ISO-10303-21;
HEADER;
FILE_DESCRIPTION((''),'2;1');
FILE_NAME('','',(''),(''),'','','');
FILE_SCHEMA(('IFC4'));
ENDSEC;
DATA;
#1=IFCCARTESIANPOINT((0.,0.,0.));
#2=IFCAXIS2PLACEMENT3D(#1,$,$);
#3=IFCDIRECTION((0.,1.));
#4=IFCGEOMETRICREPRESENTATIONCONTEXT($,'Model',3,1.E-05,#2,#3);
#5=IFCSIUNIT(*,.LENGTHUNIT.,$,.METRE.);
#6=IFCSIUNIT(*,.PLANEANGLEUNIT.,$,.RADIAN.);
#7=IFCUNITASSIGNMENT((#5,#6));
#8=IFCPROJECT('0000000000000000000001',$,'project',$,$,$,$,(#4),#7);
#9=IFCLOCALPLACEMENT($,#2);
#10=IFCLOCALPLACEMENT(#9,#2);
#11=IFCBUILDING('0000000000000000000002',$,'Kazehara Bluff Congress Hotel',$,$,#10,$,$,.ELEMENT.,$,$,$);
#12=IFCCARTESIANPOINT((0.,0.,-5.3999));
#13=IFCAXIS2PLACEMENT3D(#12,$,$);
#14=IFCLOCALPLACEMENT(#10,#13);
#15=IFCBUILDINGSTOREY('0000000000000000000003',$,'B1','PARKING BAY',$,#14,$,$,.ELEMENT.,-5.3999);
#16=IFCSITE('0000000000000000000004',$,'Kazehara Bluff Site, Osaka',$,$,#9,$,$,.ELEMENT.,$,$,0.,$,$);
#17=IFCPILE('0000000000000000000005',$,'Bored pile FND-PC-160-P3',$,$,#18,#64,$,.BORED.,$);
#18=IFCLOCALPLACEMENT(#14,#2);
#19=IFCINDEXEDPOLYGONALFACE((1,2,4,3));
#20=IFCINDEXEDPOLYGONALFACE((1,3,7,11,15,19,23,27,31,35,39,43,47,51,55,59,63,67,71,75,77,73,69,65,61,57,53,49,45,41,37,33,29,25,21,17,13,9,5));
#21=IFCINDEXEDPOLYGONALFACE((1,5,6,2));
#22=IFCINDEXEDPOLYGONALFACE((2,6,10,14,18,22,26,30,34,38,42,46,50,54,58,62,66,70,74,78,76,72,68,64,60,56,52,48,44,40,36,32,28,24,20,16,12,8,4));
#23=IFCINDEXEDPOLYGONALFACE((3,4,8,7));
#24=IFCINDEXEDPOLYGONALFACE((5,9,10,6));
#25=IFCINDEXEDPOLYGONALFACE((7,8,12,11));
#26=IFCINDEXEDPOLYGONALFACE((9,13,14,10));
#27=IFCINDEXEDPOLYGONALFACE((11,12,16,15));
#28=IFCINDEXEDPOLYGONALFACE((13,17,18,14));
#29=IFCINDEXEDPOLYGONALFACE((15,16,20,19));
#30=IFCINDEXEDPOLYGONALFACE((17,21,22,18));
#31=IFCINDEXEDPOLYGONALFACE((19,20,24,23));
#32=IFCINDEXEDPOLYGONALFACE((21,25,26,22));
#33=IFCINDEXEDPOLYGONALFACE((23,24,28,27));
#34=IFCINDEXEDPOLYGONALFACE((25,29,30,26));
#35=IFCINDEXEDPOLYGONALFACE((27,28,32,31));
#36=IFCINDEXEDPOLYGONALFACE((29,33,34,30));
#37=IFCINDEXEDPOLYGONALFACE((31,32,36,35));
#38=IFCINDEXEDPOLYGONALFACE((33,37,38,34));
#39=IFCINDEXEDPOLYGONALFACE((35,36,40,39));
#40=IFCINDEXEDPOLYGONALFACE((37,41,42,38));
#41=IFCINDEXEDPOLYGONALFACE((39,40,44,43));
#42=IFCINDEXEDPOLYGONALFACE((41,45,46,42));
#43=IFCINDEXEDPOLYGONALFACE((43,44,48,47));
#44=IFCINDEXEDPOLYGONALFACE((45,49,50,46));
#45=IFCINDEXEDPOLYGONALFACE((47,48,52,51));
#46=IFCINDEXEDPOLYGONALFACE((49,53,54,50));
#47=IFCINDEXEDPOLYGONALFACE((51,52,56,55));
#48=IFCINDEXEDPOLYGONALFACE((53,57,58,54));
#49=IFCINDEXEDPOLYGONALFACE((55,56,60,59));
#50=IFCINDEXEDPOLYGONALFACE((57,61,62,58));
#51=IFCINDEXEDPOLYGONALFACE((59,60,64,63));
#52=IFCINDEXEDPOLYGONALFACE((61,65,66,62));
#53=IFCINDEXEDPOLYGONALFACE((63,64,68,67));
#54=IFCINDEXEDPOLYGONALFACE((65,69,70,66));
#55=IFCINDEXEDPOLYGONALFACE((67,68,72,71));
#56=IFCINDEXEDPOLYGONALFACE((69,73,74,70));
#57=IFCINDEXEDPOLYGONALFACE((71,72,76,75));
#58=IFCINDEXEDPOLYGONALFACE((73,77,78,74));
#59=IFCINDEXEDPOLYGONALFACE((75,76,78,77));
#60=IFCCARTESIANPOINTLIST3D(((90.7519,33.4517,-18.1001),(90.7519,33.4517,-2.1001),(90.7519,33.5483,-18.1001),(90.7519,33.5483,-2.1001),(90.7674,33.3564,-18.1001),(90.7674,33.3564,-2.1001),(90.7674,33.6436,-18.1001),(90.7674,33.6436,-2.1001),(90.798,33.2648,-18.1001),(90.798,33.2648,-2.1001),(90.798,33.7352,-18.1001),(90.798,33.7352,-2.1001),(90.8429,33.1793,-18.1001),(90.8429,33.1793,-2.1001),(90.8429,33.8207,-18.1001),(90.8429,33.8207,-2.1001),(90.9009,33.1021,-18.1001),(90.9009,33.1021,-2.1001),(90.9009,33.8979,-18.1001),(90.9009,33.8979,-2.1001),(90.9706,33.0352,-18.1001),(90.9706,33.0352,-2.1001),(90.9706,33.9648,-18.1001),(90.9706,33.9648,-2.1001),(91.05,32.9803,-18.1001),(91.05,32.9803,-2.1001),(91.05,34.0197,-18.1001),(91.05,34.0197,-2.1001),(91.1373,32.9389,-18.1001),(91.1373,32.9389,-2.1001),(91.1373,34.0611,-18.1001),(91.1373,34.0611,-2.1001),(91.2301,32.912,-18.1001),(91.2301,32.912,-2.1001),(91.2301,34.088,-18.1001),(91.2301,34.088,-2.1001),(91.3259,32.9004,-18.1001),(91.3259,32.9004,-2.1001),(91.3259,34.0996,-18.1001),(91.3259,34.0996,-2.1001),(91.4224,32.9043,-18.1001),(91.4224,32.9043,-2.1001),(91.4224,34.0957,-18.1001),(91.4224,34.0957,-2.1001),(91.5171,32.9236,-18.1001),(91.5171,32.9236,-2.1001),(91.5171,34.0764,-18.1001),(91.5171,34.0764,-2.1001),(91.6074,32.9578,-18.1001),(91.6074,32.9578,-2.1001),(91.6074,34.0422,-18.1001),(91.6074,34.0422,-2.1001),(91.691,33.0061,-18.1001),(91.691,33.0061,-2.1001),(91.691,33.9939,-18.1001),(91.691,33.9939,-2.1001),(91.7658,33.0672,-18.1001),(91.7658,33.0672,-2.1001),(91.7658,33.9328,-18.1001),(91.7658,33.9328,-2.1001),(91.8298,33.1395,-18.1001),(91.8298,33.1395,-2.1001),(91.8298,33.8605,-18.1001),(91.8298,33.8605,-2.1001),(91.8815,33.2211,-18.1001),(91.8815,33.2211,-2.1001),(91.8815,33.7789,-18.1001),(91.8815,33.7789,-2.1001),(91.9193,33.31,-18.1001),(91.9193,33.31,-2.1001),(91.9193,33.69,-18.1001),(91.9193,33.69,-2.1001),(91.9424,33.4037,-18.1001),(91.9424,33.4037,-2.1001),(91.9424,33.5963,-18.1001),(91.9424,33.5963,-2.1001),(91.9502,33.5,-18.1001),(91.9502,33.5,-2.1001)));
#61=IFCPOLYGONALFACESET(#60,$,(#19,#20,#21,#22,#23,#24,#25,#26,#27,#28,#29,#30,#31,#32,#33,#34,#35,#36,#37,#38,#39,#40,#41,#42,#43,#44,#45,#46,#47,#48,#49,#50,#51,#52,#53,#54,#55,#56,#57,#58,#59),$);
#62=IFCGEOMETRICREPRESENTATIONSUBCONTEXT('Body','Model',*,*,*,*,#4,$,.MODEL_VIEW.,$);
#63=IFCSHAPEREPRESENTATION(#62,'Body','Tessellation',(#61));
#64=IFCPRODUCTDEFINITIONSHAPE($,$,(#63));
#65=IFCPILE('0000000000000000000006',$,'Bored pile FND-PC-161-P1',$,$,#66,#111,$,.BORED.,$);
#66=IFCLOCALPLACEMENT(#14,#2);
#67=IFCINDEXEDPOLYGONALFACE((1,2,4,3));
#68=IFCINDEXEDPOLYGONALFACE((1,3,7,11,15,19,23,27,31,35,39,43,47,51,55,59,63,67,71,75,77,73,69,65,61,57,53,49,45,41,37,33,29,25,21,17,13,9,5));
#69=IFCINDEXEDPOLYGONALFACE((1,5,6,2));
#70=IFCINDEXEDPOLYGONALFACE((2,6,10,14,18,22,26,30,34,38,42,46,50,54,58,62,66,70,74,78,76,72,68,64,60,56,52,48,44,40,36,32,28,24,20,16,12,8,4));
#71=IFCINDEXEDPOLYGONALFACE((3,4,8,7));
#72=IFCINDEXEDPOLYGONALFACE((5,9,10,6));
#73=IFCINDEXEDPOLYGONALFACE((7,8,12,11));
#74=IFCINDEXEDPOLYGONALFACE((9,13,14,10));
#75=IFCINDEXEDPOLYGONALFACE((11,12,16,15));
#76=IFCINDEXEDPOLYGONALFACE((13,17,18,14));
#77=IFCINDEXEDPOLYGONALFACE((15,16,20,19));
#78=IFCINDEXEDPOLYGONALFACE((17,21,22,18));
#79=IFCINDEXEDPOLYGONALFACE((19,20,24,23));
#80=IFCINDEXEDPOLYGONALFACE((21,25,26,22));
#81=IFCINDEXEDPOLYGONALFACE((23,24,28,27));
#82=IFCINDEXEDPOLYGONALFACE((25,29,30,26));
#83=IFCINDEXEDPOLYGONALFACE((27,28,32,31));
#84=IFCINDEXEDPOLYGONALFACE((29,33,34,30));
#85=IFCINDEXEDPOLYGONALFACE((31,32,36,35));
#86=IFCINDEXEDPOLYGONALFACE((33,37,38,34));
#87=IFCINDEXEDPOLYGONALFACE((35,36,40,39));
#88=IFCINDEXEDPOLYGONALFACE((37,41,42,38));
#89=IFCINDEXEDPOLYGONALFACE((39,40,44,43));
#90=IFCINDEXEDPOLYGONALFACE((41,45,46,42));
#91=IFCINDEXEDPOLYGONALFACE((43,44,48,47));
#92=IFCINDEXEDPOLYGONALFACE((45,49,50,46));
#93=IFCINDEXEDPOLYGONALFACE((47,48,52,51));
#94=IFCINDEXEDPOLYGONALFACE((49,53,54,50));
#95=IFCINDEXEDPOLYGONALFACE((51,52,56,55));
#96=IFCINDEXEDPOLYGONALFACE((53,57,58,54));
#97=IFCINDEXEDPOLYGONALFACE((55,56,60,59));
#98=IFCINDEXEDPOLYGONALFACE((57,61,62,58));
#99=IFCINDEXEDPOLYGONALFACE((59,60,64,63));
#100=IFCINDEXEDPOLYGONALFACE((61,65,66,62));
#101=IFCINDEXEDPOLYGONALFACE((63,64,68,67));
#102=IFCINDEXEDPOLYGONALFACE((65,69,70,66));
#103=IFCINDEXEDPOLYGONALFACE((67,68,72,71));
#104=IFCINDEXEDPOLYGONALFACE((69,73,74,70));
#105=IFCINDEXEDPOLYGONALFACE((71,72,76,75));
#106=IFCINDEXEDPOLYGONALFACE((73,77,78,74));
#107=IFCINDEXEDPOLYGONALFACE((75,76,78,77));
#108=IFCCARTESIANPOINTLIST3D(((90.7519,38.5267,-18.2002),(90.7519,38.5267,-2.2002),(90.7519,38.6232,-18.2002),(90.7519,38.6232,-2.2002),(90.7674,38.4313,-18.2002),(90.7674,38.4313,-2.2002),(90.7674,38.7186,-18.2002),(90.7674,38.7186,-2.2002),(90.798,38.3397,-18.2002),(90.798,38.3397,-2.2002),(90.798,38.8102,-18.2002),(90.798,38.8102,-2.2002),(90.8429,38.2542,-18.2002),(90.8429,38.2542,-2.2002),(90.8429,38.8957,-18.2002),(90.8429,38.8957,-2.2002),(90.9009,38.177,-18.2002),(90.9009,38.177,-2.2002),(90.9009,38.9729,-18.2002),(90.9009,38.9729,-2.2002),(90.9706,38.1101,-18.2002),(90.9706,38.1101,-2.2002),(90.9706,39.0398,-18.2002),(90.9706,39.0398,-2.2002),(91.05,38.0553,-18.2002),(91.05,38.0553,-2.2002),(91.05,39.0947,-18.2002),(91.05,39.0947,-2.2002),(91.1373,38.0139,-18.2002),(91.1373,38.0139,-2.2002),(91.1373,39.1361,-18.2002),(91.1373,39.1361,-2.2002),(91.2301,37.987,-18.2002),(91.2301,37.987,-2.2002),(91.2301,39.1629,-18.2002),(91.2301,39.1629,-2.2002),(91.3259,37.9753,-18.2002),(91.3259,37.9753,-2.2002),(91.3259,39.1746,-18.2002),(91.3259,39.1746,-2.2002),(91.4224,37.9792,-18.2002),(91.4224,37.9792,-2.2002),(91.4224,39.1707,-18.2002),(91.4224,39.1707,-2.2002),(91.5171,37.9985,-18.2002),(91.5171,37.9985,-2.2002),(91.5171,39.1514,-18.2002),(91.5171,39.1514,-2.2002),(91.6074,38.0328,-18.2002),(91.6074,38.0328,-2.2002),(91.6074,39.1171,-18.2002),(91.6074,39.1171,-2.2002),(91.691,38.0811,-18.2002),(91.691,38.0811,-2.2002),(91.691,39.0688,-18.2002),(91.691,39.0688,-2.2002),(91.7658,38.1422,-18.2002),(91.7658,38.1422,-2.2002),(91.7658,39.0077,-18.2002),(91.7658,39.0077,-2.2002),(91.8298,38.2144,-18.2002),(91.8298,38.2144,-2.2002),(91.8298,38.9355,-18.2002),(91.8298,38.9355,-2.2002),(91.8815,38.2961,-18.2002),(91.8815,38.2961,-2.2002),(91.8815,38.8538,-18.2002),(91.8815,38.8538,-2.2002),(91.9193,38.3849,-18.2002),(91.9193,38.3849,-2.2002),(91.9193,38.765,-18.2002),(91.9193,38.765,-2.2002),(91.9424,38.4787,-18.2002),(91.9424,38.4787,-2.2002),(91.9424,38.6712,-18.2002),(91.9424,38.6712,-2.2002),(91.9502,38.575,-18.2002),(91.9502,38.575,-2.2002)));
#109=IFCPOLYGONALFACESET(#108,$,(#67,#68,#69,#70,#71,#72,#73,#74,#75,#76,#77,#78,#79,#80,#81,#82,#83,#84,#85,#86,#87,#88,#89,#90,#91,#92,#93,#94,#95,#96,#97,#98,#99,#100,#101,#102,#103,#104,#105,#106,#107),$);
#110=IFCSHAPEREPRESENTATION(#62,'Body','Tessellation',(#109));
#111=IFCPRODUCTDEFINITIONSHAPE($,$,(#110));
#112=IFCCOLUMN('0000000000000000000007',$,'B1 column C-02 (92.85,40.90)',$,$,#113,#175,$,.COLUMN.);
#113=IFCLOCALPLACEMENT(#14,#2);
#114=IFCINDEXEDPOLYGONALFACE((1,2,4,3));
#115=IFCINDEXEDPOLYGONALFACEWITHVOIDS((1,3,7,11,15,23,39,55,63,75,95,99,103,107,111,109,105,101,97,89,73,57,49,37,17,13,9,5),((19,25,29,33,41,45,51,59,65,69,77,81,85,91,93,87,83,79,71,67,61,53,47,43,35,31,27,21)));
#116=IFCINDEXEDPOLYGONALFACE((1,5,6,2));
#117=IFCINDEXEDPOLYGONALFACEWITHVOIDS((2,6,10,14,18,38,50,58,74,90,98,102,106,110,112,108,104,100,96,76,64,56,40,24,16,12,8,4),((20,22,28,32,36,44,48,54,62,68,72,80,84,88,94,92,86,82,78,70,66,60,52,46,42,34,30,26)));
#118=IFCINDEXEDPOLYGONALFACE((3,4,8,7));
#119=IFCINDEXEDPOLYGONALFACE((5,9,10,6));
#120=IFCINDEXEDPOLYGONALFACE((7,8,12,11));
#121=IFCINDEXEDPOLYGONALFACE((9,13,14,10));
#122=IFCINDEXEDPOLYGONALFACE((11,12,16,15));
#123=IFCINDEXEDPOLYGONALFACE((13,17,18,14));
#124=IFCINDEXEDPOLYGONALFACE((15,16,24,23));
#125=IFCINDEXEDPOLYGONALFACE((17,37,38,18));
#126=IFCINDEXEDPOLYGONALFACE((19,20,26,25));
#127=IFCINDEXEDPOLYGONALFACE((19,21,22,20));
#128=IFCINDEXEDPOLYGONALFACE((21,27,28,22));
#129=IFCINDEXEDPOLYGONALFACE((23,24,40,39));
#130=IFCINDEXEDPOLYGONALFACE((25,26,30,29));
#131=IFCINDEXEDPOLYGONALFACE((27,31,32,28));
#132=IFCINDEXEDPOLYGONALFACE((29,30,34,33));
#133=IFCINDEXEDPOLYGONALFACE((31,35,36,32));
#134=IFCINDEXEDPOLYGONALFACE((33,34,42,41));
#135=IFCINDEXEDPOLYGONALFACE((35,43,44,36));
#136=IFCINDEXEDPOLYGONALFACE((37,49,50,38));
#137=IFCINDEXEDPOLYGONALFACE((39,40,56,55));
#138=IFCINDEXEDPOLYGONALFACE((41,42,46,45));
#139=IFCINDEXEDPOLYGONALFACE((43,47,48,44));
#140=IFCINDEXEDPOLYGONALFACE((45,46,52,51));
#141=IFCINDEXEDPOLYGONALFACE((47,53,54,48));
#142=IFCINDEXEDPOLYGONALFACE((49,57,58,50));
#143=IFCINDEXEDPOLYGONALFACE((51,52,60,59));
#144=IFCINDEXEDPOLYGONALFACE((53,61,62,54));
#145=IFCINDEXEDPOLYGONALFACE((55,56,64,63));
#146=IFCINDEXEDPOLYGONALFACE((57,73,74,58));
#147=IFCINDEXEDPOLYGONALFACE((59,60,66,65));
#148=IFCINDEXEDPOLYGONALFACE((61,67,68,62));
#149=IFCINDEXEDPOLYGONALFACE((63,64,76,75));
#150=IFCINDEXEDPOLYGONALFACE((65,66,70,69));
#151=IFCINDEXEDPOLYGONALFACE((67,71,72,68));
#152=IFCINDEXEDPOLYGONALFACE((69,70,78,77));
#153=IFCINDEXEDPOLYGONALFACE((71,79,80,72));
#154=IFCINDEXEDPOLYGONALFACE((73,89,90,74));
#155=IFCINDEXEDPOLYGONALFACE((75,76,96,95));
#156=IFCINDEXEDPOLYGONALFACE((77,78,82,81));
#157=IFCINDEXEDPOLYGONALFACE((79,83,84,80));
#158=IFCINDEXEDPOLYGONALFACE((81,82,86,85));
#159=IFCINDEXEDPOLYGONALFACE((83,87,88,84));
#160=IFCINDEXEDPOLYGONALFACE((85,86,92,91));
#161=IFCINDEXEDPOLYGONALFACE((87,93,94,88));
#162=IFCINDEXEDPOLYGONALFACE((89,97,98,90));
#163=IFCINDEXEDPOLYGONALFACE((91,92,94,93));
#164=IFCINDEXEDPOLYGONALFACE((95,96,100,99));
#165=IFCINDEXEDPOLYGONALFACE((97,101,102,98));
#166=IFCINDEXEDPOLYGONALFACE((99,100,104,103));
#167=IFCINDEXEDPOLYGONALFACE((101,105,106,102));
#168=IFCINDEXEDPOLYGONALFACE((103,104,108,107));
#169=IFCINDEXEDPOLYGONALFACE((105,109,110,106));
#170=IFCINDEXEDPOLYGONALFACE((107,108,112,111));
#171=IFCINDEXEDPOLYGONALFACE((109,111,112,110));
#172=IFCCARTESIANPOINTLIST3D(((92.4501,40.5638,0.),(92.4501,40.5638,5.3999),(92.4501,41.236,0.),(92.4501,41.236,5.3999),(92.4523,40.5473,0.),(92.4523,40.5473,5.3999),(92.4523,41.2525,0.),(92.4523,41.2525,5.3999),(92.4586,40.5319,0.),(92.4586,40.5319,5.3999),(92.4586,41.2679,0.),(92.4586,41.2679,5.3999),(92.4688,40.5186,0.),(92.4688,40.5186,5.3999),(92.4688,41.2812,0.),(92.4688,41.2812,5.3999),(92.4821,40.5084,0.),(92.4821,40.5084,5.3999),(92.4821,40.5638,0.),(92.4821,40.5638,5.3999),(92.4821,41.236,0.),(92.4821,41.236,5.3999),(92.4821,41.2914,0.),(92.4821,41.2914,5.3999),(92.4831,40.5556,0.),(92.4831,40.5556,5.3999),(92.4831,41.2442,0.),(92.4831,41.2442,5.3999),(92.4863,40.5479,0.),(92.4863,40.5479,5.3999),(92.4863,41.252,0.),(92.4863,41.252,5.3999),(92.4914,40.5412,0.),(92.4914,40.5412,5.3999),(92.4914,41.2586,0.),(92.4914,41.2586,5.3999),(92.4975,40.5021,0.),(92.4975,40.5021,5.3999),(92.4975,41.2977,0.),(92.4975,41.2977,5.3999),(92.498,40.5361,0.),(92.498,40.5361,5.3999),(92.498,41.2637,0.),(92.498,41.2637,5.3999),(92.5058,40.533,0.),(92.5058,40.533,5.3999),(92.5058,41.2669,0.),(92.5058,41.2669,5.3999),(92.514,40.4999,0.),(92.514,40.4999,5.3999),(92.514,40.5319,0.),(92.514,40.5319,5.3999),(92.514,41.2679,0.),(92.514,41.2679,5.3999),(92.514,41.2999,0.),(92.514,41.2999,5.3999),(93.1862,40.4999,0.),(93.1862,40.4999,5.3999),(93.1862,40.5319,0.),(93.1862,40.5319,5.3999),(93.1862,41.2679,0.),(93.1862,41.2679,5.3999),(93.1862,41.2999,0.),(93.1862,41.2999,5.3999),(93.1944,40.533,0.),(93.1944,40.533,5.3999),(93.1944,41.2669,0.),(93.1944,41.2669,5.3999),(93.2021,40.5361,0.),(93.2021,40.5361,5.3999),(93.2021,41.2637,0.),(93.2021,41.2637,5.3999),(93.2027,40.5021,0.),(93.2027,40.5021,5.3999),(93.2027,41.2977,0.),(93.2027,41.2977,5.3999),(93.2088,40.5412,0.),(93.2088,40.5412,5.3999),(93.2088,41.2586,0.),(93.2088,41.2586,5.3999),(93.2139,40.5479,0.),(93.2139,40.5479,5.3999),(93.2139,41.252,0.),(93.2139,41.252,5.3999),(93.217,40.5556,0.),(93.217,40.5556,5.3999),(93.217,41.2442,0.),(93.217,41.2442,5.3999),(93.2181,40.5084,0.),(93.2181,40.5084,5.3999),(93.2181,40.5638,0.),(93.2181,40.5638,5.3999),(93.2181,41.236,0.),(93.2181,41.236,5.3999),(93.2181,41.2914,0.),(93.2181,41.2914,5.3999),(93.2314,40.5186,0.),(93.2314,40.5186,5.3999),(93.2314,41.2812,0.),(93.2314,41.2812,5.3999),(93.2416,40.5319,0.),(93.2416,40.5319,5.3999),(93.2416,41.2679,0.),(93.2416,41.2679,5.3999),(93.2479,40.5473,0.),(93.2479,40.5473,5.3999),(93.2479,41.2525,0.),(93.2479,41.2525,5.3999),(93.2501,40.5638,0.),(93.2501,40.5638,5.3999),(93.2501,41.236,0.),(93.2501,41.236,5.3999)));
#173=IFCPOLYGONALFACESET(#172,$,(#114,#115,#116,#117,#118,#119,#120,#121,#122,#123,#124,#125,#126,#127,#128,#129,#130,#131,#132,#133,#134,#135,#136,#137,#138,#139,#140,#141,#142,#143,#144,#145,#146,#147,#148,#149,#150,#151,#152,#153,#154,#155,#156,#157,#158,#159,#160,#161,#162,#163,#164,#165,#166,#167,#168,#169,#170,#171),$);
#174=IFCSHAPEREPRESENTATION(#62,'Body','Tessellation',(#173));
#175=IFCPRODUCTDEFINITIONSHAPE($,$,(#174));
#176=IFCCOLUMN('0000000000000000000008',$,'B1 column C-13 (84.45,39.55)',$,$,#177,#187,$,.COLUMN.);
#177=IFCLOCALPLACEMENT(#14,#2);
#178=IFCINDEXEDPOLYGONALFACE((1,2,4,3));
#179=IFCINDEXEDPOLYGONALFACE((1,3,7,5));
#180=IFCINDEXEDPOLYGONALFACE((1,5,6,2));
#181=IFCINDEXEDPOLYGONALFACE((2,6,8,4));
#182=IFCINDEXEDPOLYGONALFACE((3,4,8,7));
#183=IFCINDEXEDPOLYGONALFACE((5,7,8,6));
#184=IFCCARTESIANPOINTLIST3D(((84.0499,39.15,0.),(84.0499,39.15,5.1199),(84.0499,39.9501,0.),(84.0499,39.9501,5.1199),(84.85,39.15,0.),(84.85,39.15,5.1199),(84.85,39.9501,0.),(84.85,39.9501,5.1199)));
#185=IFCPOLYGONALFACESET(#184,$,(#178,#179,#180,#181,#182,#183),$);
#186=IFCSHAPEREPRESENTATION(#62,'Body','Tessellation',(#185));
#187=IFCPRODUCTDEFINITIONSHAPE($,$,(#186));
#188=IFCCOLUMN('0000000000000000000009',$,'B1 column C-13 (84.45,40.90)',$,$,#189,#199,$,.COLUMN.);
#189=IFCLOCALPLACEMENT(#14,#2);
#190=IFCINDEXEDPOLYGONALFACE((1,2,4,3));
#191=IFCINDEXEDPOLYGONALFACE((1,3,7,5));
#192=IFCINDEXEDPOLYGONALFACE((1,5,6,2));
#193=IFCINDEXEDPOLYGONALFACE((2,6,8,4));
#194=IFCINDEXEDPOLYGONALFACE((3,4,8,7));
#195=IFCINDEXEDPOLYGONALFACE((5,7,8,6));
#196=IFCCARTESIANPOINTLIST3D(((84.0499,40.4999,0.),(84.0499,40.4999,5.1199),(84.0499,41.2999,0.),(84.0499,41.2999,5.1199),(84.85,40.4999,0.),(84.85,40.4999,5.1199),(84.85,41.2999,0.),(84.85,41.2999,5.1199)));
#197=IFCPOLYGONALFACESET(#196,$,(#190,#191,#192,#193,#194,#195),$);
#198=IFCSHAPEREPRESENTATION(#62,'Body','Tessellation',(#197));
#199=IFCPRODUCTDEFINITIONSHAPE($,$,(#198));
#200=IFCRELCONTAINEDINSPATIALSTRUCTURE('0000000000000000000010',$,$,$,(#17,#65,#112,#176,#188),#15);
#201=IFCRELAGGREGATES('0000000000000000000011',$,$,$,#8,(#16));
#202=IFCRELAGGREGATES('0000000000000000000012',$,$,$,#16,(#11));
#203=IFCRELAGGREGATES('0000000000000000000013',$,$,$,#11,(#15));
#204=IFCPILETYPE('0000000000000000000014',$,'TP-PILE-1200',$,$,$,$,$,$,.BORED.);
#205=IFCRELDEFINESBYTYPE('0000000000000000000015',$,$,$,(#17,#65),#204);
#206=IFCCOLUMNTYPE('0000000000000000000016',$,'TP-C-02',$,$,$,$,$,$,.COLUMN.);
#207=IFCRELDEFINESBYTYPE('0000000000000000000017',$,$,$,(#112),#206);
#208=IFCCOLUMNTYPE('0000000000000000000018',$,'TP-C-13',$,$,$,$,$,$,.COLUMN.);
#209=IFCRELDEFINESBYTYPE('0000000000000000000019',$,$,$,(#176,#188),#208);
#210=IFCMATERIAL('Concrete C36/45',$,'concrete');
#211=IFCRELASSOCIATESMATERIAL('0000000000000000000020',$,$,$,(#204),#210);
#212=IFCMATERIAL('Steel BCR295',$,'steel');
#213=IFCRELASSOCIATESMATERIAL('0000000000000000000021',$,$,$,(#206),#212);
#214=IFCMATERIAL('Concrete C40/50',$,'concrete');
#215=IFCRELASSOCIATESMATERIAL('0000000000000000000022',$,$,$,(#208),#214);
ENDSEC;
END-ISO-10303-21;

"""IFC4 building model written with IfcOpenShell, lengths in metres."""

from ifc_helpers import new_model, si_unit, direction, frame, origin, origin_2d, place, context, subcontext, project, spatial, rectangle, hollow_rectangle, circle, extrude, material, material_profile, profile_set, type_object, element, save


model = new_model("IFC4")

# Units and contexts
model_context = context("Model", 3, precision=1e-05, world=origin(), true_north=direction((0.0, 1.0)))
body_context = subcontext(model_context, "Body", "Model", "MODEL_VIEW")
ifc_project = project(units=[si_unit("LENGTHUNIT", "METRE"), si_unit("PLANEANGLEUNIT", "RADIAN")], contexts=[model_context])

# Site, building, storey
site_placement = place(None, origin())
site = spatial("IfcSite", under=ifc_project, at=site_placement, Name="Kazehara Bluff Site, Osaka", CompositionType="ELEMENT", RefElevation=0.0)
building_placement = place(site_placement, origin())
building = spatial("IfcBuilding", under=site, at=building_placement, Name="Kazehara Bluff Congress Hotel", CompositionType="ELEMENT")
storey_placement = place(building_placement, frame((0.0, 0.0, -5.3999)))
storey = spatial("IfcBuildingStorey", under=building, at=storey_placement, Name="B1", Description="PARKING BAY", CompositionType="ELEMENT", Elevation=-5.3999)

# Piles
ifc_material_1 = material(Name="Concrete C36/45", Category="concrete")
ifc_material_profile_1 = material_profile(ifc_material_1, circle(Radius=0.6001, at=origin_2d()))
ifc_profile_set_1 = profile_set([ifc_material_profile_1], Name="Concrete C36/45")
pile_type = type_object("IfcPileType", Name="TP-PILE-1200", PredefinedType="BORED", material=ifc_profile_set_1)
for number, where, z_axis, x_axis, name in (
    (1, (91.3501, 33.5, -2.1001), (0.0, 0.0, -1.0), (1.0, 0.0, 0.0), "Bored pile FND-PC-160-P3"),
    (2, (91.3501, 38.575, -2.2002), (0.0, 0.0, -1.0), (1.0, 0.0, 0.0), "Bored pile FND-PC-161-P1"),
):
    element("IfcPile", number, at=place(storey_placement, frame(where, z_axis=z_axis, x_axis=x_axis)), inside=storey, type_object=pile_type, Name=name, PredefinedType="BORED", context=body_context, shape_type="SweptSolid", body=[
        extrude(circle(Radius=0.6001, at=origin_2d()), origin(), (0.0, 0.0, 1.0), 16.0),
    ])

# Columns
ifc_material_2 = material(Name="Steel BCR295", Category="steel")
ifc_material_profile_2 = material_profile(ifc_material_2, hollow_rectangle(XDim=0.8, YDim=0.8, WallThickness=0.032, InnerFilletRadius=0.032, OuterFilletRadius=0.064, at=origin_2d()))
ifc_profile_set_2 = profile_set([ifc_material_profile_2], Name="Steel BCR295")
column_type_1 = type_object("IfcColumnType", Name="TP-C-02", PredefinedType="COLUMN", material=ifc_profile_set_2)
column_placement = place(storey_placement, frame((92.8501, 40.8999, 0.0), z_axis=(0.0, 0.0, 1.0), x_axis=(1.0, 0.0, 0.0)))
element("IfcColumn", 3, at=column_placement, inside=storey, type_object=column_type_1, Name="B1 column C-02 (92.85,40.90)", PredefinedType="COLUMN", context=body_context, shape_type="SweptSolid", body=[
    extrude(hollow_rectangle(XDim=0.8, YDim=0.8, WallThickness=0.032, InnerFilletRadius=0.032, OuterFilletRadius=0.064, at=origin_2d()), origin(), (0.0, 0.0, 1.0), 5.3999),
])
ifc_material_3 = material(Name="Concrete C40/50", Category="concrete")
ifc_material_profile_3 = material_profile(ifc_material_3, rectangle(XDim=0.8, YDim=0.8, at=origin_2d()))
ifc_profile_set_3 = profile_set([ifc_material_profile_3], Name="Concrete C40/50")
column_type_2 = type_object("IfcColumnType", Name="TP-C-13", PredefinedType="COLUMN", material=ifc_profile_set_3)
for number, where, z_axis, x_axis, name in (
    (4, (84.45, 39.55, 0.0), (0.0, 0.0, 1.0), (1.0, 0.0, 0.0), "B1 column C-13 (84.45,39.55)"),
    (5, (84.45, 40.8999, 0.0), (0.0, 0.0, 1.0), (1.0, 0.0, 0.0), "B1 column C-13 (84.45,40.90)"),
):
    element("IfcColumn", number, at=place(storey_placement, frame(where, z_axis=z_axis, x_axis=x_axis)), inside=storey, type_object=column_type_2, Name=name, PredefinedType="COLUMN", context=body_context, shape_type="SweptSolid", body=[
        extrude(rectangle(XDim=0.8, YDim=0.8, at=origin_2d()), origin(), (0.0, 0.0, 1.0), 5.1199),
    ])

save(model, "model.ifc")
